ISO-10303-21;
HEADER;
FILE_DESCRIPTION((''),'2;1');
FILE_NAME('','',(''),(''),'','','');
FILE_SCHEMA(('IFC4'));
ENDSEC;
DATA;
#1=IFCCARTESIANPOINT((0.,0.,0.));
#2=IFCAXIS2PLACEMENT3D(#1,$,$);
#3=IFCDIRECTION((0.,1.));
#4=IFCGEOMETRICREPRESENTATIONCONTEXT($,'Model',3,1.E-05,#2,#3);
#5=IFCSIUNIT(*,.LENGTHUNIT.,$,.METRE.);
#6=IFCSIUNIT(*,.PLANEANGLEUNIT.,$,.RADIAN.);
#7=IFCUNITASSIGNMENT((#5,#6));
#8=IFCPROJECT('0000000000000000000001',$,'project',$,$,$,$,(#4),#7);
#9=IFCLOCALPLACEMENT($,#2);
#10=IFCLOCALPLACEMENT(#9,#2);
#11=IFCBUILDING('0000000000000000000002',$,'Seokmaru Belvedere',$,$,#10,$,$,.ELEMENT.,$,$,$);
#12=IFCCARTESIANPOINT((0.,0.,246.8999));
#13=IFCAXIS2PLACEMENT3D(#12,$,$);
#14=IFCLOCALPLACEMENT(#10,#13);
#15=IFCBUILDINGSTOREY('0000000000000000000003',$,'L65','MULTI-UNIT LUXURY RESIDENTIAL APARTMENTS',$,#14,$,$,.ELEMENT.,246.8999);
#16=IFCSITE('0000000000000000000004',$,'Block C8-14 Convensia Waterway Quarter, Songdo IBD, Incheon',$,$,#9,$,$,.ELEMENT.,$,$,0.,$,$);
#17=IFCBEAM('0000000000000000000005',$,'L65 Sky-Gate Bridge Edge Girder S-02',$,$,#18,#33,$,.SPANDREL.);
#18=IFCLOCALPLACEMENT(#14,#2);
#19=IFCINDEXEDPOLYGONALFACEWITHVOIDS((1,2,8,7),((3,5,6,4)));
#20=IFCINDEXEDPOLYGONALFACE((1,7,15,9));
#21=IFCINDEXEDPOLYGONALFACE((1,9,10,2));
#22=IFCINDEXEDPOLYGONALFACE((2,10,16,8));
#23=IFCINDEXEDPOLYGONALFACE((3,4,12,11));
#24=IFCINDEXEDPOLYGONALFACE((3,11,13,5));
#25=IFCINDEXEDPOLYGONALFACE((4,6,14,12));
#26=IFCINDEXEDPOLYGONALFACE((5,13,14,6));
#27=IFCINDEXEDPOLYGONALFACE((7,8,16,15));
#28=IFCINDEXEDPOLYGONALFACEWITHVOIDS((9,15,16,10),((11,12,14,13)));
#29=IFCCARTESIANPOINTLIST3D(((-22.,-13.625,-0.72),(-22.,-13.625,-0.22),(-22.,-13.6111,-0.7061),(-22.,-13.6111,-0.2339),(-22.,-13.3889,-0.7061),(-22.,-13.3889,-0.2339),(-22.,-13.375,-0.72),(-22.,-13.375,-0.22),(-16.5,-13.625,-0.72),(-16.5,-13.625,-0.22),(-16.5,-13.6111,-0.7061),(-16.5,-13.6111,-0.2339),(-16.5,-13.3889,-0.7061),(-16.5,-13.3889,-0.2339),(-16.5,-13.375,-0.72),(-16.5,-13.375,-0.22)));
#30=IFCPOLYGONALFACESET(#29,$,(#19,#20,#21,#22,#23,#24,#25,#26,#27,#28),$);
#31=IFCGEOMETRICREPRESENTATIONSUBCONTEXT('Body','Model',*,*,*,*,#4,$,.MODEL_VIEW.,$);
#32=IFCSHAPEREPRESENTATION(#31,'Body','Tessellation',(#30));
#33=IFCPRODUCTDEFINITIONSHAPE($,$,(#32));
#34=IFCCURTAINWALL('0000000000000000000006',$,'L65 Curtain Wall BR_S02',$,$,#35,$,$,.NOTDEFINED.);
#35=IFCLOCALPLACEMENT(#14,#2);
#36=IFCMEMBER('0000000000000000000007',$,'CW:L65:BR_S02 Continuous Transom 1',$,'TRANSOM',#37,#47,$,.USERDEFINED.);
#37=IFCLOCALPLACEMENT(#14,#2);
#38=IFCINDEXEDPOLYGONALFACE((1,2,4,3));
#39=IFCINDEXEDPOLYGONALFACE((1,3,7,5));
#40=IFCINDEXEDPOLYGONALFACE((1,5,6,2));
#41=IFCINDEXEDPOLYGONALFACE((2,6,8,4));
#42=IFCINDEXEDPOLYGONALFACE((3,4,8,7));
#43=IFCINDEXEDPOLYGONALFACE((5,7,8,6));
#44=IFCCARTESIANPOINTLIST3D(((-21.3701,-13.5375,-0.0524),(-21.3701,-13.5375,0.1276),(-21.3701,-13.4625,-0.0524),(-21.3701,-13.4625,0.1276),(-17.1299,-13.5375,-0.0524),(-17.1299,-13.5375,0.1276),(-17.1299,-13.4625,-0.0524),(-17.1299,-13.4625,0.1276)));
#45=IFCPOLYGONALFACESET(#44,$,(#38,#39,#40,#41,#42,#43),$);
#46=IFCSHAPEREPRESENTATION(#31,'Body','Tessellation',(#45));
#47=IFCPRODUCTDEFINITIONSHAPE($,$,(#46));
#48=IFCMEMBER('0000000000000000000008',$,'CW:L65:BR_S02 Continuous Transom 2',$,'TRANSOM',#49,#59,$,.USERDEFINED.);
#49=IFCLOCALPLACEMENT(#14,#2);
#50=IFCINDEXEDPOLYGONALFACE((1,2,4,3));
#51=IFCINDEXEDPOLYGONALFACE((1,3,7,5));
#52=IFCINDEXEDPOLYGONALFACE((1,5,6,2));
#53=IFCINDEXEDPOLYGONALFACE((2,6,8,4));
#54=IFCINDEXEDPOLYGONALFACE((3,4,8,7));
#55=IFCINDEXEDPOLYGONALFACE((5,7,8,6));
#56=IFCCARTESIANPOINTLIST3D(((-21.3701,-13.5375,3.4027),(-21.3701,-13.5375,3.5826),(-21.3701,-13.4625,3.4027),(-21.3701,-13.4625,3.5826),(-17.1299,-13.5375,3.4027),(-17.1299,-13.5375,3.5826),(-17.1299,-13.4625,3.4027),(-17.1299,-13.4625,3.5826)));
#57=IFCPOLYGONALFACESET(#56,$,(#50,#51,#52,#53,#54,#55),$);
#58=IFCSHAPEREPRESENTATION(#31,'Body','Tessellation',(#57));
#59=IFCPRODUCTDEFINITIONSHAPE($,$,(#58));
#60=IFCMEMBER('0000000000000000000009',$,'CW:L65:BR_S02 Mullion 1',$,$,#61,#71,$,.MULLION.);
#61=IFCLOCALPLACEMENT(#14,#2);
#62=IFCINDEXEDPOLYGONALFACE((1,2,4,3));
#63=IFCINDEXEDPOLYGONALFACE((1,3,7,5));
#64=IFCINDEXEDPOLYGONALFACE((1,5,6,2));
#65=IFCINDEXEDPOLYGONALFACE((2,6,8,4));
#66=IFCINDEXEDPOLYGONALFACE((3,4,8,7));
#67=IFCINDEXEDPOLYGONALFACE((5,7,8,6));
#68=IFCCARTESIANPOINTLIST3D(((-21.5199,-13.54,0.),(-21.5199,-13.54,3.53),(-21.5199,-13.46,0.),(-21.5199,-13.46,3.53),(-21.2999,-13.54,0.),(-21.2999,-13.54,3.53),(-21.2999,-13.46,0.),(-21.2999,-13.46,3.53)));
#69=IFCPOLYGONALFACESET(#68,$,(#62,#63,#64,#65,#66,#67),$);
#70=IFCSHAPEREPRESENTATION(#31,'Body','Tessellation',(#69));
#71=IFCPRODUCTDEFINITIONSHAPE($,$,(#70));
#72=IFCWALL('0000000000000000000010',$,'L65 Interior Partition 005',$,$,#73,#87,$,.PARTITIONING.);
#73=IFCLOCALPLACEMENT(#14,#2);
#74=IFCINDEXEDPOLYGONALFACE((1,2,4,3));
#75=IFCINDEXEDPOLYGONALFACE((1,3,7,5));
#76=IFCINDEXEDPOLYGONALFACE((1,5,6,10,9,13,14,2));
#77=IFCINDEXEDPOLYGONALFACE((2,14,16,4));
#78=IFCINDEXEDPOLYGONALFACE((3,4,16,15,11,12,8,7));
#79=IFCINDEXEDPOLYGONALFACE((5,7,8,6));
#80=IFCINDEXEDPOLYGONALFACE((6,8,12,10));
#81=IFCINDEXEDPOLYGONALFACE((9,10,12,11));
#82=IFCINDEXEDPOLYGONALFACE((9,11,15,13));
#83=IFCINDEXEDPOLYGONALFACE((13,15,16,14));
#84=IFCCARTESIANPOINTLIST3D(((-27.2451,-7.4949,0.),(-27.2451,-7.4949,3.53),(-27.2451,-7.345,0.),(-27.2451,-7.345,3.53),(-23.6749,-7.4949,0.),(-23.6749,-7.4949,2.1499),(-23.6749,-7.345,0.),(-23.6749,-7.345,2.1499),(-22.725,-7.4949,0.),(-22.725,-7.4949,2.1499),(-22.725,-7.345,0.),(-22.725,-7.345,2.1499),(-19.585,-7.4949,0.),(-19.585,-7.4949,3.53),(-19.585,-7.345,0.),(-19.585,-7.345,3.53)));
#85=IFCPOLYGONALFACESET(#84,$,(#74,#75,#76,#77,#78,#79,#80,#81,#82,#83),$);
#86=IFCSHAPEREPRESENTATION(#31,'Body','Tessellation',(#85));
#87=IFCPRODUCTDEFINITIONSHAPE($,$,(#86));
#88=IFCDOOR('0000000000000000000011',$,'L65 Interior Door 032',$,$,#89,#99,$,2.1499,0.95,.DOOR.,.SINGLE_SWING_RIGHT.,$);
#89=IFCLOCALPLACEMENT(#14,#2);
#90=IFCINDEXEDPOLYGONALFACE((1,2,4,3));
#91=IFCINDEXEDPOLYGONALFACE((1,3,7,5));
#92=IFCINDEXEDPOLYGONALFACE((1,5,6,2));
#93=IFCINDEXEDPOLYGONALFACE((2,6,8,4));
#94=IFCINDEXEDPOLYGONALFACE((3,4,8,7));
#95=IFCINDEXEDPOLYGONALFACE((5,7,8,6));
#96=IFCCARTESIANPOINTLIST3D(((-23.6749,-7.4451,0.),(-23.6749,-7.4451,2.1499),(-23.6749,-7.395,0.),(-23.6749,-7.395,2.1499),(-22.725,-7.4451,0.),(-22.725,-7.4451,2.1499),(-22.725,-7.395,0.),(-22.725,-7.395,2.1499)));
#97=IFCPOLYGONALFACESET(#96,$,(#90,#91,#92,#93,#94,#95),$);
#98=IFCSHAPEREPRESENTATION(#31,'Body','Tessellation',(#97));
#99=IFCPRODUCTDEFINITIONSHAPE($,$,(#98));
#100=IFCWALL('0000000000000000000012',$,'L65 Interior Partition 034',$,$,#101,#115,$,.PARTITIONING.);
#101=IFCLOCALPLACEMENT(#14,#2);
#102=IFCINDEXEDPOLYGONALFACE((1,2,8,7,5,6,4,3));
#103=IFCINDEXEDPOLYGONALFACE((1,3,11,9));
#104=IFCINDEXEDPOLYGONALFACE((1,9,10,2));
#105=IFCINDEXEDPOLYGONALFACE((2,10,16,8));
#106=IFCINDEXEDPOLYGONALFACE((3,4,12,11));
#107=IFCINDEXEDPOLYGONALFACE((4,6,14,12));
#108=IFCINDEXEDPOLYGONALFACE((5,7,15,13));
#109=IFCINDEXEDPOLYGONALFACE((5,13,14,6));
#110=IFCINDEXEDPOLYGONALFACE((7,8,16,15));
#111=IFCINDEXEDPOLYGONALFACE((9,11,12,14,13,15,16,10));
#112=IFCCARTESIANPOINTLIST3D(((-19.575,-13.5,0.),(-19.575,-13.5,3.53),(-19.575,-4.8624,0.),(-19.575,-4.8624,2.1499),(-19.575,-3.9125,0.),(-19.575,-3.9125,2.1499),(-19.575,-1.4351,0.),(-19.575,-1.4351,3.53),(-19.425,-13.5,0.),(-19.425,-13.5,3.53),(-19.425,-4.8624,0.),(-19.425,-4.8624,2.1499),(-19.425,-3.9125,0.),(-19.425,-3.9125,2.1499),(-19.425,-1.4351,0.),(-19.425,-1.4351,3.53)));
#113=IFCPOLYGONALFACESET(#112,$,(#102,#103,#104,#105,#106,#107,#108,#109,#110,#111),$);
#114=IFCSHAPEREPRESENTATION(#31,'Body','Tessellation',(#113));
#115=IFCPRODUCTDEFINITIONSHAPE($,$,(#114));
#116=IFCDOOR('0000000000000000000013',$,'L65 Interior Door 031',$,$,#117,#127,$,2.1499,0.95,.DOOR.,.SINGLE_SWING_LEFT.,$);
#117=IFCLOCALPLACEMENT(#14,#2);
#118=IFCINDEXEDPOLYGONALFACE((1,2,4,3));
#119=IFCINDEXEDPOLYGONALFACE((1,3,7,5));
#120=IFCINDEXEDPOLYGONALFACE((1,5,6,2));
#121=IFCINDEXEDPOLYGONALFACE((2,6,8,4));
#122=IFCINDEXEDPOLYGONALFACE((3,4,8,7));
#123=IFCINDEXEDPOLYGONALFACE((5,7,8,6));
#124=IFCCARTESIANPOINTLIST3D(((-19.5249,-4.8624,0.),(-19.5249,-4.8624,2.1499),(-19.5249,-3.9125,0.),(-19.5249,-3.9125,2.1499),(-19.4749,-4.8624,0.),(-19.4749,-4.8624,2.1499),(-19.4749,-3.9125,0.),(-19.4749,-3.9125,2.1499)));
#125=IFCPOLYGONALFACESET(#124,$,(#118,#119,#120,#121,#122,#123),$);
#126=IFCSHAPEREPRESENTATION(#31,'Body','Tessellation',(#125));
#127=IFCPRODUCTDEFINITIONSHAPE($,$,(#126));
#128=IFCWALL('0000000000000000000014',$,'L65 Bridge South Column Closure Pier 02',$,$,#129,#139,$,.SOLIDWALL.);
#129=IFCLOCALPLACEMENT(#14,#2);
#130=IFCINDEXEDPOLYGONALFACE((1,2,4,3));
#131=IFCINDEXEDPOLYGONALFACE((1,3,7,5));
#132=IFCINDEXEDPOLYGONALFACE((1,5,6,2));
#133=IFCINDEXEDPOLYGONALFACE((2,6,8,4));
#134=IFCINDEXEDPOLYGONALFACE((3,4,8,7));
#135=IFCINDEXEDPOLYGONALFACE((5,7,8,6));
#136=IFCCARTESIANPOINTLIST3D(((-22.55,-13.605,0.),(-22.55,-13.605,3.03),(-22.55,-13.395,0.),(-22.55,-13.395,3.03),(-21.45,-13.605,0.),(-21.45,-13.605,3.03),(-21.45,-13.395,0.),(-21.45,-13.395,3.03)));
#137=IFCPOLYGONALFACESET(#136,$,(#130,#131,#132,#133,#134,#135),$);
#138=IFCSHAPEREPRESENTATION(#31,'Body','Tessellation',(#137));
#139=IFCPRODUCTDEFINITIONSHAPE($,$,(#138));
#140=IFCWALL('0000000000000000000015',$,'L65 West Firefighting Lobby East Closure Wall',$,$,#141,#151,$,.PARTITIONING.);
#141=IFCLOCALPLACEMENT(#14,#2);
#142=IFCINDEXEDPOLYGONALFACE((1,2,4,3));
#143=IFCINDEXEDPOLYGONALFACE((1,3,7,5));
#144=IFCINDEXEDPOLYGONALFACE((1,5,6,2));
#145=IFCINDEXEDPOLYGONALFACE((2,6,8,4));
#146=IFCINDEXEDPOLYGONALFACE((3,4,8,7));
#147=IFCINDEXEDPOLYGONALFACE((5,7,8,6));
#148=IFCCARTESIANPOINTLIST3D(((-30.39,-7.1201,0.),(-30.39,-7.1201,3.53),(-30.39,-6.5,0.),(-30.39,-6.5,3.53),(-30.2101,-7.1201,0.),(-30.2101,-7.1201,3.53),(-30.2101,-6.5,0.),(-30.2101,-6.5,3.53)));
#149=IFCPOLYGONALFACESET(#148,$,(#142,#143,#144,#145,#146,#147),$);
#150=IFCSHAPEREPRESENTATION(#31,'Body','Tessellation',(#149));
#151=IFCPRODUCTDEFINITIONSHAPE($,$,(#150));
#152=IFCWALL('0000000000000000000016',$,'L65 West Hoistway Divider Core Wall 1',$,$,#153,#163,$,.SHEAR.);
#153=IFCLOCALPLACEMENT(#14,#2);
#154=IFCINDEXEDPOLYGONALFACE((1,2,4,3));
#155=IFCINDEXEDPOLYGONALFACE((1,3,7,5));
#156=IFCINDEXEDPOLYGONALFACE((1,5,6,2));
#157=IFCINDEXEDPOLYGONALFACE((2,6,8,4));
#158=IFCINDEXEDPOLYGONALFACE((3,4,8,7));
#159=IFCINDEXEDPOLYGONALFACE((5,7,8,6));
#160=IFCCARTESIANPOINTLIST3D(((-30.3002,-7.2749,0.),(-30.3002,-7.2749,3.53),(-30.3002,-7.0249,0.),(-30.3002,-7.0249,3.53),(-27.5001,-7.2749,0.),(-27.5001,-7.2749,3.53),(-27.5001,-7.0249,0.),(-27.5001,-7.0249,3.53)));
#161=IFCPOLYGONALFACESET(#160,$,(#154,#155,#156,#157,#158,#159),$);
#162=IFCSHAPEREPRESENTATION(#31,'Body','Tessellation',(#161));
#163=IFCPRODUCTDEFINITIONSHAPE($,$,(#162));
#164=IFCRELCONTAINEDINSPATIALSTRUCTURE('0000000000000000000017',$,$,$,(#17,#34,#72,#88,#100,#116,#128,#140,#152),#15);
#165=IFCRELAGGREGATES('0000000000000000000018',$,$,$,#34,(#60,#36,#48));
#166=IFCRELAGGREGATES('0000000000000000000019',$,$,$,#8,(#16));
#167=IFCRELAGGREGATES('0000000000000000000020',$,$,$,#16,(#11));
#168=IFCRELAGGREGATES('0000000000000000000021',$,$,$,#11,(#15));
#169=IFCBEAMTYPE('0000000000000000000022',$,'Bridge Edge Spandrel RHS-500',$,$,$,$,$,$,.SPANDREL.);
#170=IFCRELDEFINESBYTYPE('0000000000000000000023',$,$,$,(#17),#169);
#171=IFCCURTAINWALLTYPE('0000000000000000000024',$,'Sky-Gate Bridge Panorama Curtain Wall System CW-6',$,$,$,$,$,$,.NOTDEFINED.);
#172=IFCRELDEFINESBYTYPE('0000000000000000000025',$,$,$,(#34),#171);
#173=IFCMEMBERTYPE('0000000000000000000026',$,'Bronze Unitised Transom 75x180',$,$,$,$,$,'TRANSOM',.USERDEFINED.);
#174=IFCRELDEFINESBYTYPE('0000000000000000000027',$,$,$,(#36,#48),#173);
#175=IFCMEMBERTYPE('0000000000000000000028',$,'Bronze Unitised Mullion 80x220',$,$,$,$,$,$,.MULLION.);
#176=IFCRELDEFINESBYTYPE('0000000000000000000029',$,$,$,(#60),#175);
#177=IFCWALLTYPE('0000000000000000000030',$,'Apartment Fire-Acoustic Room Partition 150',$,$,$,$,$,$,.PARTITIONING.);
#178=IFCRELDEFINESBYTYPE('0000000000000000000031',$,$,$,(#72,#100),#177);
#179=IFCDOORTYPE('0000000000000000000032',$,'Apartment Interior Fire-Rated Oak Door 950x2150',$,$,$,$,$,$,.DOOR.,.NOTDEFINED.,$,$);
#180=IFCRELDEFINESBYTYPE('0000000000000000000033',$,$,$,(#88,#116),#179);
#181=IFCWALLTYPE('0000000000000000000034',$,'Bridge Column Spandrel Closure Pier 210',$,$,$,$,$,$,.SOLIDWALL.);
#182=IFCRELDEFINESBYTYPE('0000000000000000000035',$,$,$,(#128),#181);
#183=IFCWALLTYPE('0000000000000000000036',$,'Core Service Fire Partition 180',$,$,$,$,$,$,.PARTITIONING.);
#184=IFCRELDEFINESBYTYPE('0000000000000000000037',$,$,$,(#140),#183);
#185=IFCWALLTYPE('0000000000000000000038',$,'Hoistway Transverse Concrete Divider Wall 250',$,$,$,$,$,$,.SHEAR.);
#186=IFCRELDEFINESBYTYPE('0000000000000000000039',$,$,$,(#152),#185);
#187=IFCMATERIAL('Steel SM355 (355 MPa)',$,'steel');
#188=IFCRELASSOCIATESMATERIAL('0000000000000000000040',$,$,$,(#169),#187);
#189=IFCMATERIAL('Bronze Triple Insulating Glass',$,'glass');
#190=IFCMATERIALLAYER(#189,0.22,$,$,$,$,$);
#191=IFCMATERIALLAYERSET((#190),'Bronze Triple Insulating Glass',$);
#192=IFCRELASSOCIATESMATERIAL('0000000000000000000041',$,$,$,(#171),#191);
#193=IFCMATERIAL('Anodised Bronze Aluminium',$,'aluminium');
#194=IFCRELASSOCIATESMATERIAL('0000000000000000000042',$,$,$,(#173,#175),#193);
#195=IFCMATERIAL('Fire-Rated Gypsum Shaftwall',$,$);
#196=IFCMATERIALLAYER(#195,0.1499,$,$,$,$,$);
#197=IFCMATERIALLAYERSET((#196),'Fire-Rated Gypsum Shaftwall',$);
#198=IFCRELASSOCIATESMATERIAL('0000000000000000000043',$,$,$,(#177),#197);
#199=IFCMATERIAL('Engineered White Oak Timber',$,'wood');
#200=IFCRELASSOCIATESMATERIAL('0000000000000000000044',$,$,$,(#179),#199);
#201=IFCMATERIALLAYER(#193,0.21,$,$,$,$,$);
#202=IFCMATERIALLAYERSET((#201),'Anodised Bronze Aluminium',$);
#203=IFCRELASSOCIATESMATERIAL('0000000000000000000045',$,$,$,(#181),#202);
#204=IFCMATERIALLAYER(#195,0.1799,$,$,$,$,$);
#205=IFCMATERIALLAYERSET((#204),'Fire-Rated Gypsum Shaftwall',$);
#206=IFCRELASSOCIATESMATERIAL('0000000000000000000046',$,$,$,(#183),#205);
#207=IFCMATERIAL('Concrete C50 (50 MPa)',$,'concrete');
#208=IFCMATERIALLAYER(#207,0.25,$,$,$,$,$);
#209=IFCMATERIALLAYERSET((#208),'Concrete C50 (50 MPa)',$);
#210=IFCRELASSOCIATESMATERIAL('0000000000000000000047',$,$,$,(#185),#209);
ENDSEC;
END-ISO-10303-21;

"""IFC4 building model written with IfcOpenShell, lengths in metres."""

from ifc_helpers import new_model, si_unit, direction, frame, frame_2d, origin, origin_2d, place, context, subcontext, project, spatial, rectangle, hollow_rectangle, extrude, source, transform, mapped, material, layer, layer_set, material_profile, profile_set, type_object, type_shapes, element, fill, aggregate, save


model = new_model("IFC4")

# Units and contexts
model_context = context("Model", 3, precision=1e-05, world=origin(), true_north=direction((0.0, 1.0)))
body_context = subcontext(model_context, "Body", "Model", "MODEL_VIEW")
ifc_project = project(units=[si_unit("LENGTHUNIT", "METRE"), si_unit("PLANEANGLEUNIT", "RADIAN")], contexts=[model_context])

# Site, building, storey
site_placement = place(None, origin())
site = spatial("IfcSite", under=ifc_project, at=site_placement, Name="Block C8-14 Convensia Waterway Quarter, Songdo IBD, Incheon", CompositionType="ELEMENT", RefElevation=0.0)
building_placement = place(site_placement, origin())
building = spatial("IfcBuilding", under=site, at=building_placement, Name="Seokmaru Belvedere", CompositionType="ELEMENT")
storey_placement = place(building_placement, frame((0.0, 0.0, 246.8999)))
storey = spatial("IfcBuildingStorey", under=building, at=storey_placement, Name="L65", Description="MULTI-UNIT LUXURY RESIDENTIAL APARTMENTS", CompositionType="ELEMENT", Elevation=246.8999)

# Shared definitions
ifc_material_1 = material(Name="Steel SM355 (355 MPa)", Category="steel")

# Beam
ifc_material_profile_1 = material_profile(ifc_material_1, hollow_rectangle(XDim=0.25, YDim=0.5, WallThickness=0.0139, at=origin_2d()), Name="RHS-500x250x14")
ifc_profile_set_1 = profile_set([ifc_material_profile_1], Name="Steel SM355 (355 MPa)")
beam_type_1 = type_object("IfcBeamType", Name="Bridge Edge Spandrel RHS-500", PredefinedType="SPANDREL", material=ifc_profile_set_1)
shared_shape_1 = source(origin(), body_context, "Body", "SweptSolid", [
    extrude(hollow_rectangle(XDim=0.25, YDim=0.5, WallThickness=0.0139, at=origin_2d()), origin(), (0.0, 0.0, 1.0), 5.5),
])
type_shapes(beam_type_1, [shared_shape_1])
beam_1_placement = place(storey_placement, frame((-22.0, -13.5, -0.47), z_axis=(1.0, 0.0, 0.0), x_axis=(0.0, 1.0, 0.0)))
element("IfcBeam", 1, at=beam_1_placement, inside=storey, type_object=beam_type_1, Name="L65 Sky-Gate Bridge Edge Girder S-02", PredefinedType="SPANDREL", context=body_context, shape_type="MappedRepresentation", body=[
    mapped(shared_shape_1, transform((0.0, 0.0, 0.0), scale=1.0)),
])

# Curtain wall, members
ifc_material_2 = material(Name="Bronze Triple Insulating Glass", Category="glass")
ifc_layer_1 = layer(ifc_material_2, 0.22)
ifc_layer_set_1 = layer_set([ifc_layer_1], Name="Bronze Triple Insulating Glass")
curtain_wall_type = type_object("IfcCurtainWallType", Name="Sky-Gate Bridge Panorama Curtain Wall System CW-6", PredefinedType="NOTDEFINED", material=ifc_layer_set_1)
curtain_wall_placement = place(storey_placement, origin())
curtain_wall = element("IfcCurtainWall", 2, at=curtain_wall_placement, inside=storey, type_object=curtain_wall_type, Name="L65 Curtain Wall BR_S02", PredefinedType="NOTDEFINED")
ifc_material_3 = material(Name="Anodised Bronze Aluminium", Category="aluminium")
ifc_material_profile_2 = material_profile(ifc_material_3, rectangle(XDim=0.075, YDim=0.1799, at=origin_2d()), Name="CW-T-75x180")
ifc_profile_set_2 = profile_set([ifc_material_profile_2], Name="Anodised Bronze Aluminium")
member_type_1 = type_object("IfcMemberType", Name="Bronze Unitised Transom 75x180", ElementType="TRANSOM", PredefinedType="USERDEFINED", material=ifc_profile_set_2)
shared_shape_2 = source(origin(), body_context, "Body", "SweptSolid", [
    extrude(rectangle(XDim=0.075, YDim=0.1799, at=origin_2d()), origin(), (0.0, 0.0, 1.0), 4.2402),
])
type_shapes(member_type_1, [shared_shape_2])
member_1_placement = place(storey_placement, frame((-21.3701, -13.5, 0.0376), z_axis=(1.0, 0.0, 0.0), x_axis=(0.0, 1.0, 0.0)))
member_1 = element("IfcMember", 3, at=member_1_placement, type_object=member_type_1, Name="CW:L65:BR_S02 Continuous Transom 1", ObjectType="TRANSOM", PredefinedType="USERDEFINED", context=body_context, shape_type="MappedRepresentation", body=[
    mapped(shared_shape_2, transform((0.0, 0.0, 0.0), scale=1.0)),
])
member_2_placement = place(storey_placement, frame((-21.3701, -13.5, 3.4927), z_axis=(1.0, 0.0, 0.0), x_axis=(0.0, 1.0, 0.0)))
member_2 = element("IfcMember", 4, at=member_2_placement, type_object=member_type_1, Name="CW:L65:BR_S02 Continuous Transom 2", ObjectType="TRANSOM", PredefinedType="USERDEFINED", context=body_context, shape_type="MappedRepresentation", body=[
    mapped(shared_shape_2, transform((0.0, 0.0, 0.0), scale=1.0)),
])
ifc_material_profile_3 = material_profile(ifc_material_3, rectangle(XDim=0.0801, YDim=0.22, at=origin_2d()), Name="CW-M-80x220")
ifc_profile_set_3 = profile_set([ifc_material_profile_3], Name="Anodised Bronze Aluminium")
member_type_2 = type_object("IfcMemberType", Name="Bronze Unitised Mullion 80x220", PredefinedType="MULLION", material=ifc_profile_set_3)
shared_shape_3 = source(origin(), body_context, "Body", "SweptSolid", [
    extrude(rectangle(XDim=0.0801, YDim=0.22, at=origin_2d()), origin(), (0.0, 0.0, 1.0), 3.53),
])
type_shapes(member_type_2, [shared_shape_3])
member_3_placement = place(storey_placement, frame((-21.4099, -13.5, 0.0), z_axis=(0.0, 0.0, 1.0), x_axis=(0.0, 1.0, 0.0)))
member_3 = element("IfcMember", 5, at=member_3_placement, type_object=member_type_2, Name="CW:L65:BR_S02 Mullion 1", PredefinedType="MULLION", context=body_context, shape_type="MappedRepresentation", body=[
    mapped(shared_shape_3, transform((0.0, 0.0, 0.0), scale=1.0)),
])
aggregate(curtain_wall, [member_3, member_1, member_2])

# Walls, openings, doors
ifc_material_4 = material(Name="Fire-Rated Gypsum Shaftwall")
ifc_layer_2 = layer(ifc_material_4, 0.1499)
ifc_layer_set_2 = layer_set([ifc_layer_2], Name="Fire-Rated Gypsum Shaftwall")
wall_type_1 = type_object("IfcWallType", Name="Apartment Fire-Acoustic Room Partition 150", PredefinedType="PARTITIONING", material=ifc_layer_set_2)
wall_1_placement = place(storey_placement, frame((-27.2451, -7.4199, 0.0), z_axis=(0.0, 0.0, 1.0), x_axis=(1.0, 0.0, 0.0)))
wall_1 = element("IfcWall", 6, at=wall_1_placement, inside=storey, type_object=wall_type_1, Name="L65 Interior Partition 005", PredefinedType="PARTITIONING", context=body_context, shape_type="SweptSolid", body=[
    extrude(rectangle(XDim=7.6602, YDim=0.1499, at=frame_2d((3.8301, 0.0))), origin(), (0.0, 0.0, 1.0), 3.53),
])
opening_1_placement = place(wall_1_placement, frame((3.5701, 0.0, 0.0)))
opening_1 = element("IfcOpeningElement", 7, at=opening_1_placement, cuts=wall_1, PredefinedType="OPENING", context=body_context, shape_type="SweptSolid", body=[
    extrude(rectangle(XDim=0.95, YDim=2.1499, at=frame_2d((0.4751, 1.075))), frame((0.0, 0.085, 0.0), z_axis=(0.0, -1.0, 0.0), x_axis=(1.0, 0.0, 0.0)), (0.0, 0.0, 1.0), 0.1699),
])
ifc_material_5 = material(Name="Engineered White Oak Timber", Category="wood")
door_type_1 = type_object("IfcDoorType", Name="Apartment Interior Fire-Rated Oak Door 950x2150", OperationType="NOTDEFINED", PredefinedType="DOOR", material=ifc_material_5)
shared_shape_4 = source(origin(), body_context, "Body", "SweptSolid", [
    extrude(rectangle(XDim=0.95, YDim=2.1499, at=frame_2d((0.4751, 1.075))), frame((0.0, 0.0249, 0.0), z_axis=(0.0, -1.0, 0.0), x_axis=(1.0, 0.0, 0.0)), (0.0, 0.0, 1.0), 0.05),
])
type_shapes(door_type_1, [shared_shape_4])
door_1_placement = place(opening_1_placement, origin())
door_1 = element("IfcDoor", 8, at=door_1_placement, inside=storey, type_object=door_type_1, Name="L65 Interior Door 032", OperationType="SINGLE_SWING_RIGHT", OverallHeight=2.1499, OverallWidth=0.95, PredefinedType="DOOR", context=body_context, shape_type="MappedRepresentation", body=[
    mapped(shared_shape_4, transform((0.0, 0.0, 0.0), scale=1.0)),
])
fill(opening_1, door_1)
wall_2_placement = place(storey_placement, frame((-19.5, -13.5, 0.0), z_axis=(0.0, 0.0, 1.0), x_axis=(0.0, 1.0, 0.0)))
wall_2 = element("IfcWall", 9, at=wall_2_placement, inside=storey, type_object=wall_type_1, Name="L65 Interior Partition 034", PredefinedType="PARTITIONING", context=body_context, shape_type="SweptSolid", body=[
    extrude(rectangle(XDim=12.0649, YDim=0.1499, at=frame_2d((6.0325, 0.0))), origin(), (0.0, 0.0, 1.0), 3.53),
])
opening_2_placement = place(wall_2_placement, frame((8.6375, 0.0, 0.0)))
opening_2 = element("IfcOpeningElement", 10, at=opening_2_placement, cuts=wall_2, PredefinedType="OPENING", context=body_context, shape_type="SweptSolid", body=[
    extrude(rectangle(XDim=0.95, YDim=2.1499, at=frame_2d((0.4751, 1.075))), frame((0.0, 0.085, 0.0), z_axis=(0.0, -1.0, 0.0), x_axis=(1.0, 0.0, 0.0)), (0.0, 0.0, 1.0), 0.1699),
])
door_2_placement = place(opening_2_placement, origin())
door_2 = element("IfcDoor", 11, at=door_2_placement, inside=storey, type_object=door_type_1, Name="L65 Interior Door 031", OperationType="SINGLE_SWING_LEFT", OverallHeight=2.1499, OverallWidth=0.95, PredefinedType="DOOR", context=body_context, shape_type="MappedRepresentation", body=[
    mapped(shared_shape_4, transform((0.0, 0.0, 0.0), scale=1.0)),
])
fill(opening_2, door_2)

# Walls
ifc_layer_3 = layer(ifc_material_3, 0.21)
ifc_layer_set_3 = layer_set([ifc_layer_3], Name="Anodised Bronze Aluminium")
wall_type_2 = type_object("IfcWallType", Name="Bridge Column Spandrel Closure Pier 210", PredefinedType="SOLIDWALL", material=ifc_layer_set_3)
wall_3_placement = place(storey_placement, frame((-22.55, -13.5, 0.0), z_axis=(0.0, 0.0, 1.0), x_axis=(1.0, 0.0, 0.0)))
element("IfcWall", 12, at=wall_3_placement, inside=storey, type_object=wall_type_2, Name="L65 Bridge South Column Closure Pier 02", PredefinedType="SOLIDWALL", context=body_context, shape_type="SweptSolid", body=[
    extrude(rectangle(XDim=1.1001, YDim=0.21, at=frame_2d((0.55, 0.0))), origin(), (0.0, 0.0, 1.0), 3.03),
])
ifc_layer_4 = layer(ifc_material_4, 0.1799)
ifc_layer_set_4 = layer_set([ifc_layer_4], Name="Fire-Rated Gypsum Shaftwall")
wall_type_3 = type_object("IfcWallType", Name="Core Service Fire Partition 180", PredefinedType="PARTITIONING", material=ifc_layer_set_4)
wall_4_placement = place(storey_placement, frame((-30.3, -7.1201, 0.0), z_axis=(0.0, 0.0, 1.0), x_axis=(0.0, 1.0, 0.0)))
element("IfcWall", 13, at=wall_4_placement, inside=storey, type_object=wall_type_3, Name="L65 West Firefighting Lobby East Closure Wall", PredefinedType="PARTITIONING", context=body_context, shape_type="SweptSolid", body=[
    extrude(rectangle(XDim=0.6201, YDim=0.1799, at=frame_2d((0.3101, 0.0))), origin(), (0.0, 0.0, 1.0), 3.53),
])
ifc_material_6 = material(Name="Concrete C50 (50 MPa)", Category="concrete")
ifc_layer_5 = layer(ifc_material_6, 0.25)
ifc_layer_set_5 = layer_set([ifc_layer_5], Name="Concrete C50 (50 MPa)")
wall_type_4 = type_object("IfcWallType", Name="Hoistway Transverse Concrete Divider Wall 250", PredefinedType="SHEAR", material=ifc_layer_set_5)
wall_5_placement = place(storey_placement, frame((-30.3, -7.1499, 0.0), z_axis=(0.0, 0.0, 1.0), x_axis=(1.0, 0.0, 0.0)))
element("IfcWall", 14, at=wall_5_placement, inside=storey, type_object=wall_type_4, Name="L65 West Hoistway Divider Core Wall 1", PredefinedType="SHEAR", context=body_context, shape_type="SweptSolid", body=[
    extrude(rectangle(XDim=2.8, YDim=0.25, at=frame_2d((1.3999, 0.0))), origin(), (0.0, 0.0, 1.0), 3.53),
])

save(model, "model.ifc")
